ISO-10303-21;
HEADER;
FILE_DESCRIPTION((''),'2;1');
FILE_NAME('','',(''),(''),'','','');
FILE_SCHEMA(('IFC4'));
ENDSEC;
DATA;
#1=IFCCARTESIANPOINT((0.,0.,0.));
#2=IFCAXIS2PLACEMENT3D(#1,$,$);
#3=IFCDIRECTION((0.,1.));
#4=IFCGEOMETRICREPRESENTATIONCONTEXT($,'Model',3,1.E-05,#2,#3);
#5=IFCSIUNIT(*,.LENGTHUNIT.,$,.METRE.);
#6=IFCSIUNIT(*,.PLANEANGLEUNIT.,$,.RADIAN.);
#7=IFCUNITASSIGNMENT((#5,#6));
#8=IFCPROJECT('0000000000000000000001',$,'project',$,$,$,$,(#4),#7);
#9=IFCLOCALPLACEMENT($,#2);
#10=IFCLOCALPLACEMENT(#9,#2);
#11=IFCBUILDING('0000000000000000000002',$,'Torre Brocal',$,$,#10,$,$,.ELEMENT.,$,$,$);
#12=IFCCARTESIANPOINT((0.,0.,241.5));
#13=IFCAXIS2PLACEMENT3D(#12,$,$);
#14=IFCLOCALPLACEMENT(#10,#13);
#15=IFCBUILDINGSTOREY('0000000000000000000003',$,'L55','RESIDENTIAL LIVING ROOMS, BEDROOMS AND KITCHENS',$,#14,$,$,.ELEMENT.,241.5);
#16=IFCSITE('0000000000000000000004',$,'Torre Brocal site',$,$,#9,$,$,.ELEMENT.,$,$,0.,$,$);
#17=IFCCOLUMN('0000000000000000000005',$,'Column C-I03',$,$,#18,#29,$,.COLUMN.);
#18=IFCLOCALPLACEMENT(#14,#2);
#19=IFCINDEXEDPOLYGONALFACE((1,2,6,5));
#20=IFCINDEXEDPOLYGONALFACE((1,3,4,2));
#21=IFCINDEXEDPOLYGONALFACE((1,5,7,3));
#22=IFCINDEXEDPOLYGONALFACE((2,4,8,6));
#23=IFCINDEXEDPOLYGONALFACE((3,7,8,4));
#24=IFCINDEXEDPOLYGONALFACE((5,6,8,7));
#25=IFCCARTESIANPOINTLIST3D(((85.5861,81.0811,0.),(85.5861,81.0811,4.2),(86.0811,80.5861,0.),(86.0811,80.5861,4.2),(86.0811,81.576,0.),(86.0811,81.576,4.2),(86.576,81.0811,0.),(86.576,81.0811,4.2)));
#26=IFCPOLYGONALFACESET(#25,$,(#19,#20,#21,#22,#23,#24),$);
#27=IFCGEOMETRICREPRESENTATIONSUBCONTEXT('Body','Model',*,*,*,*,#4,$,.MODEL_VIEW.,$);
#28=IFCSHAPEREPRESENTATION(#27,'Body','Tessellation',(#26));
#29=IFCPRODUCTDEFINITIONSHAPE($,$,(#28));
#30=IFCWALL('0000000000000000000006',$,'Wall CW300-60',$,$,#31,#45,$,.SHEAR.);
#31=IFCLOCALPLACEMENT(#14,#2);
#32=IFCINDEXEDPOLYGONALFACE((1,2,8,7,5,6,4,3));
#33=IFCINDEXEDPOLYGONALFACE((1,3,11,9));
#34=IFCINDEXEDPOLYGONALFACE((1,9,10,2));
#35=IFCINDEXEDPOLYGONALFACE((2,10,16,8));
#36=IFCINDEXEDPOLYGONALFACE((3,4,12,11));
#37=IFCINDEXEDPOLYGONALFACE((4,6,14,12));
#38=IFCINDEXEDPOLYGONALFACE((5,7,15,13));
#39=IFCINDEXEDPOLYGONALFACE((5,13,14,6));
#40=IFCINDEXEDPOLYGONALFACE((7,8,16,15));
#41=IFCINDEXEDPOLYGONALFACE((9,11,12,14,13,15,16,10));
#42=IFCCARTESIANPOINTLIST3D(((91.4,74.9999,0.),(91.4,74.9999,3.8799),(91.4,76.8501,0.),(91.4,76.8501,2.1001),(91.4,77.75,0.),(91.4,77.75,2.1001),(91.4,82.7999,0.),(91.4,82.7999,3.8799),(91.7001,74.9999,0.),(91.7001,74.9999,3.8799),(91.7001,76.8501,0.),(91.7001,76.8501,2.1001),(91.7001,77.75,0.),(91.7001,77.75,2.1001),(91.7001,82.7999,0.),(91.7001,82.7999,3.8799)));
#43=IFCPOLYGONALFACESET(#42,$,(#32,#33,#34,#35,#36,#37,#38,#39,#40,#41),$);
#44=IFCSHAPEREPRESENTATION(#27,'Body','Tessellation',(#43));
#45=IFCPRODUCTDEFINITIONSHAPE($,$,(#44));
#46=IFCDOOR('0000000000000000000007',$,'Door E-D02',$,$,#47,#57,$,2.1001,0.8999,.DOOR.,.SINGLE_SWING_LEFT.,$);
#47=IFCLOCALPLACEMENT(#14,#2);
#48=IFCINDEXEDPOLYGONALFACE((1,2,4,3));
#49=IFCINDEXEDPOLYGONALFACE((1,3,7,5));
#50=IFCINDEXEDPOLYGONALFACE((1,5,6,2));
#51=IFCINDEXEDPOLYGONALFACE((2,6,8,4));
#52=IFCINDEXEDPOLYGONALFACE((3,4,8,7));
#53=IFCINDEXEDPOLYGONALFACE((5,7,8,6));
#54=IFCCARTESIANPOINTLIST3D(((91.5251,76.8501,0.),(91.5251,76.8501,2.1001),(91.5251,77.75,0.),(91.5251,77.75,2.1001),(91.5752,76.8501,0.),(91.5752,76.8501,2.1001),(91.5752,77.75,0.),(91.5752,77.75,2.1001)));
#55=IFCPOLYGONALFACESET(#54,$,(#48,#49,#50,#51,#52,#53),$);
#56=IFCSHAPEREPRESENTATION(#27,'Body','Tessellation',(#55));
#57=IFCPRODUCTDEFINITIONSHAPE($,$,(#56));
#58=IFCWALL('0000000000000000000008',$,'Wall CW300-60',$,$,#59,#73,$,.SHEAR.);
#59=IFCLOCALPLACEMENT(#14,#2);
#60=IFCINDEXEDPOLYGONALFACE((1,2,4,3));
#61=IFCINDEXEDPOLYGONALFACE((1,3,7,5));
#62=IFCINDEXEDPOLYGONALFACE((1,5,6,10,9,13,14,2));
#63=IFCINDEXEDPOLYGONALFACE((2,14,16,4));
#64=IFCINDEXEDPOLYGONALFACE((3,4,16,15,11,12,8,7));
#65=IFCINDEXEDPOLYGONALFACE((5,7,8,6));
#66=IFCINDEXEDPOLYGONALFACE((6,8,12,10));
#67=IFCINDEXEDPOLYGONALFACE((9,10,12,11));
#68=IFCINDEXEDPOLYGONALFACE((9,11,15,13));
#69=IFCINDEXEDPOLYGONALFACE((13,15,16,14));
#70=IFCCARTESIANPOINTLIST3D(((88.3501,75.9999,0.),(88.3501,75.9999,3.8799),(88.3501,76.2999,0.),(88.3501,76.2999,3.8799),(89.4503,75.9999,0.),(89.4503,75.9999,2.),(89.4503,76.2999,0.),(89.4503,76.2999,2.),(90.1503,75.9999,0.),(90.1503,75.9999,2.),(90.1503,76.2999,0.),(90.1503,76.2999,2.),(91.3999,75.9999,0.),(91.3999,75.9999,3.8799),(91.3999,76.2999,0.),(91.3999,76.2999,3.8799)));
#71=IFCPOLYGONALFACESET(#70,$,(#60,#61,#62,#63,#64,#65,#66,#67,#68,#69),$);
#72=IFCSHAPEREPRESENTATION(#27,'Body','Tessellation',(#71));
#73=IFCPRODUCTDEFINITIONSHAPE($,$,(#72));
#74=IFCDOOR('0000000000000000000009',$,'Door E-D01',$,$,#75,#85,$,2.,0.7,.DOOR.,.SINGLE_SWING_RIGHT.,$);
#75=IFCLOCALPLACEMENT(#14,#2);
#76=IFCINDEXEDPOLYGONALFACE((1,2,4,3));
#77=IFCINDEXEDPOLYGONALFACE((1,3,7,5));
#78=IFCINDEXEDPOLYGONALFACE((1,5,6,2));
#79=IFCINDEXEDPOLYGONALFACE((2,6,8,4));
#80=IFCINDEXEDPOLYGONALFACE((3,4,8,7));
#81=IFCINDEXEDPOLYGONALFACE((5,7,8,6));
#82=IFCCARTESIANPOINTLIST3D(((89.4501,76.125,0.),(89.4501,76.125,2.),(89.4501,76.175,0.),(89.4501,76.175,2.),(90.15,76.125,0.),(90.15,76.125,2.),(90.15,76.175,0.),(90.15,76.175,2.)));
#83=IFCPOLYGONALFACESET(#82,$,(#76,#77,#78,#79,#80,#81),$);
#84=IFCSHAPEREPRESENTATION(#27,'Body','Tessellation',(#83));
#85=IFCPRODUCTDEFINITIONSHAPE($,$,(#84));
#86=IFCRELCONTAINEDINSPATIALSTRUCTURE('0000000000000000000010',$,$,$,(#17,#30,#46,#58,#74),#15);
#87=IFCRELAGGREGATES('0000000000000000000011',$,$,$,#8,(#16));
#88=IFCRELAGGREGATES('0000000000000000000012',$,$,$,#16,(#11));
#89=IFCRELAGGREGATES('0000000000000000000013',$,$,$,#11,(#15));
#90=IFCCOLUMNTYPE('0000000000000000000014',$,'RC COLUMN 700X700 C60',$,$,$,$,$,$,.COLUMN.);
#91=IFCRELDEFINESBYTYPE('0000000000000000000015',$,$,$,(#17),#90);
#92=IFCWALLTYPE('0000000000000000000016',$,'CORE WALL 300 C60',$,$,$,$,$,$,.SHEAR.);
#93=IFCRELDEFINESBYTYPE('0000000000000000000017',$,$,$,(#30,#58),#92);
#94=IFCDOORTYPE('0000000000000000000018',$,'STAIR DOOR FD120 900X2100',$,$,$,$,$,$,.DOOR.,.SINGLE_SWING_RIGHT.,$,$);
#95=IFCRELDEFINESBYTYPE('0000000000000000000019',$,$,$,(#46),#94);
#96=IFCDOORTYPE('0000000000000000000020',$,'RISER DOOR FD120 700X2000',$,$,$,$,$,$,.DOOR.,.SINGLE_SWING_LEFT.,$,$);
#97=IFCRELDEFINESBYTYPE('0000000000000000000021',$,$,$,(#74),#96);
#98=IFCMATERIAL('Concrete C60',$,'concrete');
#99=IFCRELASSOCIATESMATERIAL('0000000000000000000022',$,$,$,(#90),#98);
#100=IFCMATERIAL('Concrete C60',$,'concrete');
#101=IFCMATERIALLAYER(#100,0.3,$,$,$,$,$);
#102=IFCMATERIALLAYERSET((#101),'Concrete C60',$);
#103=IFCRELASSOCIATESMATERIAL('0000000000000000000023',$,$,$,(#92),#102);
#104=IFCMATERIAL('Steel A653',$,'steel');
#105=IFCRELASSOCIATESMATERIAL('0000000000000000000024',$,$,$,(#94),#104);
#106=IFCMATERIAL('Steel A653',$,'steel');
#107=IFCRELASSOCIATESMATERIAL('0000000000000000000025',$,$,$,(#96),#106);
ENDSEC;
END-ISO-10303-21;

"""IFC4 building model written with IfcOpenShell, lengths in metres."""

from ifc_helpers import new_model, si_unit, direction, frame, frame_2d, origin, origin_2d, place, context, subcontext, project, spatial, rectangle, extrude, material, layer, layer_set, material_profile, profile_set, type_object, element, fill, save


model = new_model("IFC4")

# Units and contexts
model_context = context("Model", 3, precision=1e-05, world=origin(), true_north=direction((0.0, 1.0)))
body_context = subcontext(model_context, "Body", "Model", "MODEL_VIEW")
ifc_project = project(units=[si_unit("LENGTHUNIT", "METRE"), si_unit("PLANEANGLEUNIT", "RADIAN")], contexts=[model_context])

# Site, building, storey
site_placement = place(None, origin())
site = spatial("IfcSite", under=ifc_project, at=site_placement, Name="Torre Brocal site", CompositionType="ELEMENT", RefElevation=0.0)
building_placement = place(site_placement, origin())
building = spatial("IfcBuilding", under=site, at=building_placement, Name="Torre Brocal", CompositionType="ELEMENT")
storey_placement = place(building_placement, frame((0.0, 0.0, 241.5)))
storey = spatial("IfcBuildingStorey", under=building, at=storey_placement, Name="L55", Description="RESIDENTIAL LIVING ROOMS, BEDROOMS AND KITCHENS", CompositionType="ELEMENT", Elevation=241.5)

# Column
ifc_material_1 = material(Name="Concrete C60", Category="concrete")
ifc_material_profile = material_profile(ifc_material_1, rectangle(XDim=0.7, YDim=0.7, at=origin_2d()), Name="RC 700X700")
ifc_profile_set = profile_set([ifc_material_profile], Name="Concrete C60")
column_type = type_object("IfcColumnType", Name="RC COLUMN 700X700 C60", PredefinedType="COLUMN", material=ifc_profile_set)
column_placement = place(storey_placement, frame((86.0811, 81.0811, 0.0), z_axis=(0.0, 0.0, 1.0), x_axis=(0.707107, 0.707107, 0.0)))
element("IfcColumn", 1, at=column_placement, inside=storey, type_object=column_type, Name="Column C-I03", PredefinedType="COLUMN", context=body_context, shape_type="SweptSolid", body=[
    extrude(rectangle(XDim=0.7, YDim=0.7, at=origin_2d()), origin(), (0.0, 0.0, 1.0), 4.2),
])

# Walls, openings, doors
ifc_material_2 = material(Name="Concrete C60", Category="concrete")
ifc_layer_1 = layer(ifc_material_2, 0.3)
ifc_layer_set_1 = layer_set([ifc_layer_1], Name="Concrete C60")
wall_type_1 = type_object("IfcWallType", Name="CORE WALL 300 C60", PredefinedType="SHEAR", material=ifc_layer_set_1)
wall_1_placement = place(storey_placement, frame((91.55, 75.0, 0.0), z_axis=(0.0, 0.0, 1.0), x_axis=(0.0, 1.0, 0.0)))
wall_1 = element("IfcWall", 2, at=wall_1_placement, inside=storey, type_object=wall_type_1, Name="Wall CW300-60", PredefinedType="SHEAR", context=body_context, shape_type="SweptSolid", body=[
    extrude(rectangle(XDim=7.8, YDim=0.3, at=frame_2d((3.8999, 0.0))), origin(), (0.0, 0.0, 1.0), 3.8799),
])
opening_1_placement = place(wall_1_placement, frame((1.8501, 0.0, 0.0)))
opening_1 = element("IfcOpeningElement", 3, at=opening_1_placement, cuts=wall_1, PredefinedType="OPENING", context=body_context, shape_type="SweptSolid", body=[
    extrude(rectangle(XDim=0.8999, YDim=2.1001, at=frame_2d((0.45, 1.05))), frame((0.0, 0.1599, 0.0), z_axis=(0.0, -1.0, 0.0), x_axis=(1.0, 0.0, 0.0)), (0.0, 0.0, 1.0), 0.3201),
])
ifc_material_3 = material(Name="Steel A653", Category="steel")
door_type_1 = type_object("IfcDoorType", Name="STAIR DOOR FD120 900X2100", OperationType="SINGLE_SWING_RIGHT", PredefinedType="DOOR", material=ifc_material_3)
door_1_placement = place(opening_1_placement, origin())
door_1 = element("IfcDoor", 4, at=door_1_placement, inside=storey, type_object=door_type_1, Name="Door E-D02", OperationType="SINGLE_SWING_LEFT", OverallHeight=2.1001, OverallWidth=0.8999, PredefinedType="DOOR", context=body_context, shape_type="SweptSolid", body=[
    extrude(rectangle(XDim=0.8999, YDim=2.1001, at=frame_2d((0.45, 1.05))), frame((0.0, 0.0249, 0.0), z_axis=(0.0, -1.0, 0.0), x_axis=(1.0, 0.0, 0.0)), (0.0, 0.0, 1.0), 0.05),
])
fill(opening_1, door_1)
wall_2_placement = place(storey_placement, frame((88.3501, 76.1499, 0.0), z_axis=(0.0, 0.0, 1.0), x_axis=(1.0, 0.0, 0.0)))
wall_2 = element("IfcWall", 5, at=wall_2_placement, inside=storey, type_object=wall_type_1, Name="Wall CW300-60", PredefinedType="SHEAR", context=body_context, shape_type="SweptSolid", body=[
    extrude(rectangle(XDim=3.0498, YDim=0.3, at=frame_2d((1.5249, 0.0))), origin(), (0.0, 0.0, 1.0), 3.8799),
])
opening_2_placement = place(wall_2_placement, frame((1.1001, 0.0, 0.0)))
opening_2 = element("IfcOpeningElement", 6, at=opening_2_placement, cuts=wall_2, PredefinedType="OPENING", context=body_context, shape_type="SweptSolid", body=[
    extrude(rectangle(XDim=0.7, YDim=2.0, at=frame_2d((0.3501, 1.0))), frame((0.0, 0.1599, 0.0), z_axis=(0.0, -1.0, 0.0), x_axis=(1.0, 0.0, 0.0)), (0.0, 0.0, 1.0), 0.3201),
])
ifc_material_4 = material(Name="Steel A653", Category="steel")
door_type_2 = type_object("IfcDoorType", Name="RISER DOOR FD120 700X2000", OperationType="SINGLE_SWING_LEFT", PredefinedType="DOOR", material=ifc_material_4)
door_2_placement = place(opening_2_placement, frame((0.7, 0.0, 0.0), z_axis=(0.0, 0.0, 1.0), x_axis=(-1.0, 0.0, 0.0)))
door_2 = element("IfcDoor", 7, at=door_2_placement, inside=storey, type_object=door_type_2, Name="Door E-D01", OperationType="SINGLE_SWING_RIGHT", OverallHeight=2.0, OverallWidth=0.7, PredefinedType="DOOR", context=body_context, shape_type="SweptSolid", body=[
    extrude(rectangle(XDim=0.7, YDim=2.0, at=frame_2d((0.3501, 1.0))), frame((0.0, 0.0249, 0.0), z_axis=(0.0, -1.0, 0.0), x_axis=(1.0, 0.0, 0.0)), (0.0, 0.0, 1.0), 0.05),
])
fill(opening_2, door_2)

save(model, "model.ifc")
